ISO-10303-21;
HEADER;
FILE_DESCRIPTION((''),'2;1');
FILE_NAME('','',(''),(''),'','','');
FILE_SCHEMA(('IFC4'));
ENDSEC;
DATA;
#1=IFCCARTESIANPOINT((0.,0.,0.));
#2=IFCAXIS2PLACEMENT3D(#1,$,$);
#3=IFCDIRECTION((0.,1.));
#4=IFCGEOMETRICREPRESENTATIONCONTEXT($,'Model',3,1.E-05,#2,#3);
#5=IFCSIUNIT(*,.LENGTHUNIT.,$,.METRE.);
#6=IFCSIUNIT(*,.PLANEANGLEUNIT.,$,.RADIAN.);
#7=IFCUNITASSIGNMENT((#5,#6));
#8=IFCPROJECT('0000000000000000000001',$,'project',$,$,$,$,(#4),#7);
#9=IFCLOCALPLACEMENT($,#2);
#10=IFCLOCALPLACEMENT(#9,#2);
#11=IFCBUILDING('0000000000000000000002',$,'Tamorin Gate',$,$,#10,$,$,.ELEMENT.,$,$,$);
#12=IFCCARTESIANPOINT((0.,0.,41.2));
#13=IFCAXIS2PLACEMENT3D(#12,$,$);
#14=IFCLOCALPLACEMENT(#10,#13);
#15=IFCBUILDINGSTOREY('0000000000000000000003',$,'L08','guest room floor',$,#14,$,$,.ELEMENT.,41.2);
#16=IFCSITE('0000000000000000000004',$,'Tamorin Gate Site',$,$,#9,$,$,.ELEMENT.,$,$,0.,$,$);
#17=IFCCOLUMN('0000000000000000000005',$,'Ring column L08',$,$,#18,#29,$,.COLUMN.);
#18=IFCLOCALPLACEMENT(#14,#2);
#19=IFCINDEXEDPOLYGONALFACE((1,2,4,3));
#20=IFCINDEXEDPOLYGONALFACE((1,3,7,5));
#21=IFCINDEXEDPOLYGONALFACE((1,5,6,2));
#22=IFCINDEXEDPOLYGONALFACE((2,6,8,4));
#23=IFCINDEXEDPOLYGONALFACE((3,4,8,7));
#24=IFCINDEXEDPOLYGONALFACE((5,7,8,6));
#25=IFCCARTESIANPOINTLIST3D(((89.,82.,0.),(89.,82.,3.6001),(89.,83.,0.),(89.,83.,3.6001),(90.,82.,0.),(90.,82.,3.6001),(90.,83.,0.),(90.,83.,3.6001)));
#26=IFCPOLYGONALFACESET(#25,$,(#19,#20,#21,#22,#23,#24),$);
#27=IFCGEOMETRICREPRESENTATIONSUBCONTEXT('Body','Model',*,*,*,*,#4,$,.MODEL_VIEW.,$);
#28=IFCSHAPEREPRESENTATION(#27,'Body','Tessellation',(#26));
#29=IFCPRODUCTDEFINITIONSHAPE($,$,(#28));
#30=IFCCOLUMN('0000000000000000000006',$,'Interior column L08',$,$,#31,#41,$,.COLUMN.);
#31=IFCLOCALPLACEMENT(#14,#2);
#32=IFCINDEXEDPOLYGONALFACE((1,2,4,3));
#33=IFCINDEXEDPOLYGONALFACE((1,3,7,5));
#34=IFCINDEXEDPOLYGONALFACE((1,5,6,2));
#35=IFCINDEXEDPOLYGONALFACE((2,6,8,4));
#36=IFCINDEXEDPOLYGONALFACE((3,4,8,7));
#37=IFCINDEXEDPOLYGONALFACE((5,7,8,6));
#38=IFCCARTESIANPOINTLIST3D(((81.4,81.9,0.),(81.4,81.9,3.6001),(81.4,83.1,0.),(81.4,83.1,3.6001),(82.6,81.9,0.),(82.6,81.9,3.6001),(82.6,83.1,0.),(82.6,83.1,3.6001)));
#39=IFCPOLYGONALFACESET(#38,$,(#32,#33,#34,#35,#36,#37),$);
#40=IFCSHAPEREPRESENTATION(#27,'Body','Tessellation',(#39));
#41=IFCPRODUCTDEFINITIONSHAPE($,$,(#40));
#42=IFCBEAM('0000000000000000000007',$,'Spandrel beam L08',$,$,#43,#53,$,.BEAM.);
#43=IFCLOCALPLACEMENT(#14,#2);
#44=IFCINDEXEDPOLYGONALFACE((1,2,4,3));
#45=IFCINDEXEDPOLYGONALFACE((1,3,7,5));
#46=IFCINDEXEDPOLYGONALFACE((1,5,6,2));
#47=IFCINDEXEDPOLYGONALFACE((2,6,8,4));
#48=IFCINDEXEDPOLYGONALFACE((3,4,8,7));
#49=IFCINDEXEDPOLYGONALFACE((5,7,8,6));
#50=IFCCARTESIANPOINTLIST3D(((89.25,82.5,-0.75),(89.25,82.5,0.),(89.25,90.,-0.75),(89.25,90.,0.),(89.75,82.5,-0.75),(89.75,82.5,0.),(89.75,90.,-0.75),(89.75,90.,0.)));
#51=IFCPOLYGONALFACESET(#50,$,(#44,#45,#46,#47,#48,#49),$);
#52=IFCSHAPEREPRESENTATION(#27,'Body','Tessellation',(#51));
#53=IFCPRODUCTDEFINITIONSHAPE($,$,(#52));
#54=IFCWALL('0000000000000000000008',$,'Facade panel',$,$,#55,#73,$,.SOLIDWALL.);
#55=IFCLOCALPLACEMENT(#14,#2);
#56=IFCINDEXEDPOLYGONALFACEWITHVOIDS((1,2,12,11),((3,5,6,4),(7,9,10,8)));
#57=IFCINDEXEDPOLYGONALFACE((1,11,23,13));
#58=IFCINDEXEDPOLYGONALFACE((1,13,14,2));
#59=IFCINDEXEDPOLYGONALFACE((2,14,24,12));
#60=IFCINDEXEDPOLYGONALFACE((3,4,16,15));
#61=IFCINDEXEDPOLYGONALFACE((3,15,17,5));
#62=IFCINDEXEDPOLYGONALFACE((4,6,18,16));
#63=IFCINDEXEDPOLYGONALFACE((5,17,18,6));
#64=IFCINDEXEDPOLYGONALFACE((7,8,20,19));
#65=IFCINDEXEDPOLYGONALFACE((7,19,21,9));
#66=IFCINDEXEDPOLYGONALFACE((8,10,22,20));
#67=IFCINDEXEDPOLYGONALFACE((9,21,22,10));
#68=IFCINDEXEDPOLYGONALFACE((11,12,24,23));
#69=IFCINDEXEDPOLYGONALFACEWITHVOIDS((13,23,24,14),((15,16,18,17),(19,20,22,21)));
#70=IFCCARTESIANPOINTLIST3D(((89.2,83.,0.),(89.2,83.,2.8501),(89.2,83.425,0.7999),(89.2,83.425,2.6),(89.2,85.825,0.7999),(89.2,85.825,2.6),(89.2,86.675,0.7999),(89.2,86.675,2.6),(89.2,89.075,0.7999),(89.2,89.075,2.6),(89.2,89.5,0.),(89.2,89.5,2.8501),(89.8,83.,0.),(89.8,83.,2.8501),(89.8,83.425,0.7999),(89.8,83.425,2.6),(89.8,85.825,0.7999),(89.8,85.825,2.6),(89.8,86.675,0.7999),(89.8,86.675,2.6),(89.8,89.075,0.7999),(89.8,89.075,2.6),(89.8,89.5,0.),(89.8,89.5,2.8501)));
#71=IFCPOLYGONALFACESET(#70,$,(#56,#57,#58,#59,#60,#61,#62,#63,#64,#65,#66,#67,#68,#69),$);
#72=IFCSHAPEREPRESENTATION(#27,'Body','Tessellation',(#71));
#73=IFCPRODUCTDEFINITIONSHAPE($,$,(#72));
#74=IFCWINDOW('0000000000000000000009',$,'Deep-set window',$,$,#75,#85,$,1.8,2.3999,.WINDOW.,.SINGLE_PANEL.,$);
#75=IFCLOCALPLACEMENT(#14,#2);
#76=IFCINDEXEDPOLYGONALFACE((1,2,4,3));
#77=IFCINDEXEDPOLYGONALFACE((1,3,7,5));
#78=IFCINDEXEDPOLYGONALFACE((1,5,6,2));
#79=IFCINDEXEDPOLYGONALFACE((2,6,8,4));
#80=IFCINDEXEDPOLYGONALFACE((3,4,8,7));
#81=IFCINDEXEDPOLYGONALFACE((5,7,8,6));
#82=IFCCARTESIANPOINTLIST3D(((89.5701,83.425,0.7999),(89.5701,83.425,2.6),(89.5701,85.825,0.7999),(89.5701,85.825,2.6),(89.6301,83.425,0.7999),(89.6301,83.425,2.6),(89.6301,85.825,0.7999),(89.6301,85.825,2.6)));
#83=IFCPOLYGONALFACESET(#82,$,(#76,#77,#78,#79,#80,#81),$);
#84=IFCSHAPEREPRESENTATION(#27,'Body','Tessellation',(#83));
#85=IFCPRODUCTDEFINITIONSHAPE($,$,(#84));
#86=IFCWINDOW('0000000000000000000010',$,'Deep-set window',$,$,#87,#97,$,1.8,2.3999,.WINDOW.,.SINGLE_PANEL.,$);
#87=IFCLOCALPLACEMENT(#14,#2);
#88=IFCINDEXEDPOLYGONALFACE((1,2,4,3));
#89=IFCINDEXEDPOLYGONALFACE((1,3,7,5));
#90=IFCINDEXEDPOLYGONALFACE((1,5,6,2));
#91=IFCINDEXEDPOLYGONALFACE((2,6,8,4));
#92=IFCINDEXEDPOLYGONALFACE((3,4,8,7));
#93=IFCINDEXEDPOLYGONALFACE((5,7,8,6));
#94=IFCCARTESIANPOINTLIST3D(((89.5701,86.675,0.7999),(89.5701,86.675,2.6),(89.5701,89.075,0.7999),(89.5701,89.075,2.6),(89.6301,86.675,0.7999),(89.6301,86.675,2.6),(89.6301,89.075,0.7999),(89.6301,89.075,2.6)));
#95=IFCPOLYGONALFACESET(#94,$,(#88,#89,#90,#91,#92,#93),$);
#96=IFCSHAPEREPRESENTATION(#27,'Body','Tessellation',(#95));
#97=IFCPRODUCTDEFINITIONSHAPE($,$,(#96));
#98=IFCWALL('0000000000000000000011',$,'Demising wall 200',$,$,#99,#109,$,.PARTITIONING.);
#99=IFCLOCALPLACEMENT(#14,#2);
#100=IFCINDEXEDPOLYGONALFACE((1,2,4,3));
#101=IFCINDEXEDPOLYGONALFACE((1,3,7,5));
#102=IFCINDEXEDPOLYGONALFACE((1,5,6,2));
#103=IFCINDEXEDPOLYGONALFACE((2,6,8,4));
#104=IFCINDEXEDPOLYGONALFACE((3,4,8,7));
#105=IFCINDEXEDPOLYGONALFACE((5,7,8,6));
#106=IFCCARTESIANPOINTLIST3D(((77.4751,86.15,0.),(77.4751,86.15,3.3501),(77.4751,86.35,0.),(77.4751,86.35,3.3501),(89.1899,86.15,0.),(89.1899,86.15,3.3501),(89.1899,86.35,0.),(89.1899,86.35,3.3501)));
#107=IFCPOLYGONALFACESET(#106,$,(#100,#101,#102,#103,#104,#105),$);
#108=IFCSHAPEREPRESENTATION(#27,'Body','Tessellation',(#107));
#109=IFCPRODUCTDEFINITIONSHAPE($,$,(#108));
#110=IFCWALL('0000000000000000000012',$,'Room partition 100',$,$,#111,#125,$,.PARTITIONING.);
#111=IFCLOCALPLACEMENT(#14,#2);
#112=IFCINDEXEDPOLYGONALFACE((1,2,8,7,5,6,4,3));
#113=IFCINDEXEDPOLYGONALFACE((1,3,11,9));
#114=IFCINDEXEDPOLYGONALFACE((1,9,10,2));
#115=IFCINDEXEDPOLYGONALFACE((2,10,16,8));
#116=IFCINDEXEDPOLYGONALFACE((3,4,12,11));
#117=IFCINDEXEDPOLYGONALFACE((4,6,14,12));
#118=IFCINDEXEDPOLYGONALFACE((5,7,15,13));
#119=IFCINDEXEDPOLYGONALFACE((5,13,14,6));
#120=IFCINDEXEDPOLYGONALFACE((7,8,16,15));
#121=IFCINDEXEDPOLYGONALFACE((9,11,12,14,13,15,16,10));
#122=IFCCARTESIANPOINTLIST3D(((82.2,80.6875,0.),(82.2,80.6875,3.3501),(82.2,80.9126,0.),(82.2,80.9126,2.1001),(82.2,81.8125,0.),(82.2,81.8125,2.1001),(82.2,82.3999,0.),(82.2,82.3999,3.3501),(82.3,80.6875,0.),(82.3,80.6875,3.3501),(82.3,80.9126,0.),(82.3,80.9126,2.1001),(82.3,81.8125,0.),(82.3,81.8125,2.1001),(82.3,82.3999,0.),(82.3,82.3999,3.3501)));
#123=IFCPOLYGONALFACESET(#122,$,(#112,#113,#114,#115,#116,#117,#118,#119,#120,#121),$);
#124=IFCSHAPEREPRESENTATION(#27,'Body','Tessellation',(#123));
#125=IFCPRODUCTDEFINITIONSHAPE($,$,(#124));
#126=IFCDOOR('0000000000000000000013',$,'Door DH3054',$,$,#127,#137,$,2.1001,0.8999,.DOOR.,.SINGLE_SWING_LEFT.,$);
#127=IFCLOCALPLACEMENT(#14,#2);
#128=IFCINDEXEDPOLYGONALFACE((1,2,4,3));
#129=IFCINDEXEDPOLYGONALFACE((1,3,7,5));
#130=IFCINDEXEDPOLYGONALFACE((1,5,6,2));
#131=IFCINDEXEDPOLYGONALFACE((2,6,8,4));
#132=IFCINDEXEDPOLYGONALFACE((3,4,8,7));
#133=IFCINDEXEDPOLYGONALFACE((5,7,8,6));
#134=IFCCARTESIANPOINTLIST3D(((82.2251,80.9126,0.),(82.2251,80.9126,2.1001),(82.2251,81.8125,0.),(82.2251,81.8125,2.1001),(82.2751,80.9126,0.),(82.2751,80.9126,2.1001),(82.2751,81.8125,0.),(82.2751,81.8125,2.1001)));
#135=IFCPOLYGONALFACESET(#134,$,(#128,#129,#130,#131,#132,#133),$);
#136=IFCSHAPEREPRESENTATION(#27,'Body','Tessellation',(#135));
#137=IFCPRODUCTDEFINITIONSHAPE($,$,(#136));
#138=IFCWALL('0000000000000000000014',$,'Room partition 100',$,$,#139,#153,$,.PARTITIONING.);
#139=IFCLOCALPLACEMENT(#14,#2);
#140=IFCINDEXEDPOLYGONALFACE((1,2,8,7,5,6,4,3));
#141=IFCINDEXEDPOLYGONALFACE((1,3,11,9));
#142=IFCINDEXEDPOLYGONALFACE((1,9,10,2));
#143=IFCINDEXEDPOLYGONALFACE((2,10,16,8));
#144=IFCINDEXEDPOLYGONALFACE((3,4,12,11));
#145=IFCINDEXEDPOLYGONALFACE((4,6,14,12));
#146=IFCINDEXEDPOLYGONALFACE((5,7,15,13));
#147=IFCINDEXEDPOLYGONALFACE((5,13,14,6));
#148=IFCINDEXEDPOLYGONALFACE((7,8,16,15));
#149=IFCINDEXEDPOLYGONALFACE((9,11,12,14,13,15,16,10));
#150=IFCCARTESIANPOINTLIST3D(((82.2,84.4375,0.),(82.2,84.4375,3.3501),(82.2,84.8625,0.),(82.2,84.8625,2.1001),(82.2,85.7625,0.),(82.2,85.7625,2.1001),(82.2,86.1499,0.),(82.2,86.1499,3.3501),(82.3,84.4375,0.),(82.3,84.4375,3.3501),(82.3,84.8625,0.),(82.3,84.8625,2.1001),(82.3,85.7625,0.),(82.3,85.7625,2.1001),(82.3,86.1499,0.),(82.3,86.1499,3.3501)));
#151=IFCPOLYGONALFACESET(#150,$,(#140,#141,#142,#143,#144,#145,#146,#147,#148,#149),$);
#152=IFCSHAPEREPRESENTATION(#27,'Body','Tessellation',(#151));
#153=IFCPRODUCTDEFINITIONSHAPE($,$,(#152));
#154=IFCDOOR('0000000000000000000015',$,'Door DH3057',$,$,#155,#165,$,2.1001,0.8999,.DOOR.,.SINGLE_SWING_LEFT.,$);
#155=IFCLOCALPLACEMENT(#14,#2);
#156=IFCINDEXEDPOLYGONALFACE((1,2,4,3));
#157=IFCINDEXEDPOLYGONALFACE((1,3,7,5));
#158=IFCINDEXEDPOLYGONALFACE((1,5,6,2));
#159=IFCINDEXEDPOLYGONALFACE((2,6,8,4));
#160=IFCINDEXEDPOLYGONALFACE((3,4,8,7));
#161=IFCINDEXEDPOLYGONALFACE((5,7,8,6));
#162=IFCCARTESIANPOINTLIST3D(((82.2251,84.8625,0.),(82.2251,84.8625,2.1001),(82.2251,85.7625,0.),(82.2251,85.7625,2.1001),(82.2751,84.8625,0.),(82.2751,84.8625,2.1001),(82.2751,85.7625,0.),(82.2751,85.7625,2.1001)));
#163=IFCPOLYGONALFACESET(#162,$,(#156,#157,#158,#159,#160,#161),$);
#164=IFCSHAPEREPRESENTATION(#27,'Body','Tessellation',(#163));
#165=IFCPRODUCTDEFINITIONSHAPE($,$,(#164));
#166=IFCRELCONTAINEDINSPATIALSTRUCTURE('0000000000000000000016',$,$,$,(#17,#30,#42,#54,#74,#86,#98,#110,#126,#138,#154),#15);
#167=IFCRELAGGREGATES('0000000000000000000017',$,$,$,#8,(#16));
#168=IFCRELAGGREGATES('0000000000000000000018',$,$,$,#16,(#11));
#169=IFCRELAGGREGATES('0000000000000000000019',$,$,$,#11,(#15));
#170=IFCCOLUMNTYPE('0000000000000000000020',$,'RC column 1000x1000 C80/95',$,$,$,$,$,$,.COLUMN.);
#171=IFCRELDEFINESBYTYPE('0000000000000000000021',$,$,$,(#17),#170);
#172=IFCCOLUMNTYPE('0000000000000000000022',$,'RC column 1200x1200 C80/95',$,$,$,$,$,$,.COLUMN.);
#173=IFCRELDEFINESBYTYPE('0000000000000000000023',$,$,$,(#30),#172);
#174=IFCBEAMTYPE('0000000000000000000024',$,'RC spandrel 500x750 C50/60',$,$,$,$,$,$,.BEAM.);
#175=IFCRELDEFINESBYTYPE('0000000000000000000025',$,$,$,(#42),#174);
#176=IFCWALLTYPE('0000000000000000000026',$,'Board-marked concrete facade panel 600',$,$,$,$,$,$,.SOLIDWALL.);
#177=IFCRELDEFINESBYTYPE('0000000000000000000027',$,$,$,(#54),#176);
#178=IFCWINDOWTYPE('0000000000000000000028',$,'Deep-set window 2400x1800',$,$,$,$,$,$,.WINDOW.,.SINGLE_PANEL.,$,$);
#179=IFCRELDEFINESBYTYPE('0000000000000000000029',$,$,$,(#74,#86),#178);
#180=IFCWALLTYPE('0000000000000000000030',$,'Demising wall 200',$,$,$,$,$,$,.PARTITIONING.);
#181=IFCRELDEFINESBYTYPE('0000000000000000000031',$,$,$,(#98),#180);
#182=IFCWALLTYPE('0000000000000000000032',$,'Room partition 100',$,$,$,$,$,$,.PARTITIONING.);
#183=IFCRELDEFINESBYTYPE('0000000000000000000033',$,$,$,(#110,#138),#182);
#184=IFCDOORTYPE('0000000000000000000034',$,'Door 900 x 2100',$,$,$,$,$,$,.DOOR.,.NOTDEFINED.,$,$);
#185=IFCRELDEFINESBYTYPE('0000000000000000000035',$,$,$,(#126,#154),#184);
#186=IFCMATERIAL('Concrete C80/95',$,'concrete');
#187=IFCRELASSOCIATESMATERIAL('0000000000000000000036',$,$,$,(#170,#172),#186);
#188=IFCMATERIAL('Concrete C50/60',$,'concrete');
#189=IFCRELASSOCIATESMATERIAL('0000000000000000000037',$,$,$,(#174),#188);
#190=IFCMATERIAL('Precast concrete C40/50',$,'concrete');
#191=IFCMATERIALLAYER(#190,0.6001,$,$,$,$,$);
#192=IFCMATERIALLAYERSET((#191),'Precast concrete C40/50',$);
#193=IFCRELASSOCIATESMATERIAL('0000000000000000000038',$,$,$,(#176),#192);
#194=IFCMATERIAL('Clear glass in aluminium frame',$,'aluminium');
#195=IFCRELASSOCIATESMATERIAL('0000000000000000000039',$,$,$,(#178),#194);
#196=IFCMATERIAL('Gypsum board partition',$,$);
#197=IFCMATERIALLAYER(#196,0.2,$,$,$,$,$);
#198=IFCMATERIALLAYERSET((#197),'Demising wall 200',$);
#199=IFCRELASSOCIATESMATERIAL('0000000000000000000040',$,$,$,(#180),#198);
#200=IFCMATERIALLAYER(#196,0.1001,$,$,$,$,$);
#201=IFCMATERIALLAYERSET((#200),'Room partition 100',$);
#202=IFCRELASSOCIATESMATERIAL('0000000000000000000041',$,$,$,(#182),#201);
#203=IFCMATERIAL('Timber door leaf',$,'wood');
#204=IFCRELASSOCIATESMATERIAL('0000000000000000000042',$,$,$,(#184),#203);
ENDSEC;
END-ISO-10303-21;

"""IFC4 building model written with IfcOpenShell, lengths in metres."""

from ifc_helpers import new_model, si_unit, direction, frame, frame_2d, origin, origin_2d, place, context, subcontext, project, spatial, rectangle, extrude, material, layer, layer_set, material_profile, profile_set, type_object, element, fill, save


model = new_model("IFC4")

# Units and contexts
model_context = context("Model", 3, precision=1e-05, world=origin(), true_north=direction((0.0, 1.0)))
body_context = subcontext(model_context, "Body", "Model", "MODEL_VIEW")
ifc_project = project(units=[si_unit("LENGTHUNIT", "METRE"), si_unit("PLANEANGLEUNIT", "RADIAN")], contexts=[model_context])

# Site, building, storey
site_placement = place(None, origin())
site = spatial("IfcSite", under=ifc_project, at=site_placement, Name="Tamorin Gate Site", CompositionType="ELEMENT", RefElevation=0.0)
building_placement = place(site_placement, origin())
building = spatial("IfcBuilding", under=site, at=building_placement, Name="Tamorin Gate", CompositionType="ELEMENT")
storey_placement = place(building_placement, frame((0.0, 0.0, 41.2)))
storey = spatial("IfcBuildingStorey", under=building, at=storey_placement, Name="L08", Description="guest room floor", CompositionType="ELEMENT", Elevation=41.2)

# Columns
ifc_material_1 = material(Name="Concrete C80/95", Category="concrete")
ifc_material_profile_1 = material_profile(ifc_material_1, rectangle(XDim=1.0, YDim=1.0, at=origin_2d()), Name="RC 1000x1000")
ifc_profile_set_1 = profile_set([ifc_material_profile_1], Name="Concrete C80/95")
column_type_1 = type_object("IfcColumnType", Name="RC column 1000x1000 C80/95", PredefinedType="COLUMN", material=ifc_profile_set_1)
column_1_placement = place(storey_placement, frame((89.5, 82.5, 0.0), z_axis=(0.0, 0.0, 1.0), x_axis=(1.0, 0.0, 0.0)))
element("IfcColumn", 1, at=column_1_placement, inside=storey, type_object=column_type_1, Name="Ring column L08", PredefinedType="COLUMN", context=body_context, shape_type="SweptSolid", body=[
    extrude(rectangle(XDim=1.0, YDim=1.0, at=origin_2d()), origin(), (0.0, 0.0, 1.0), 3.6001),
])
ifc_material_profile_2 = material_profile(ifc_material_1, rectangle(XDim=1.2, YDim=1.2, at=origin_2d()), Name="RC 1200x1200")
ifc_profile_set_2 = profile_set([ifc_material_profile_2], Name="Concrete C80/95")
column_type_2 = type_object("IfcColumnType", Name="RC column 1200x1200 C80/95", PredefinedType="COLUMN", material=ifc_profile_set_2)
column_2_placement = place(storey_placement, frame((82.0, 82.5, 0.0), z_axis=(0.0, 0.0, 1.0), x_axis=(1.0, 0.0, 0.0)))
element("IfcColumn", 2, at=column_2_placement, inside=storey, type_object=column_type_2, Name="Interior column L08", PredefinedType="COLUMN", context=body_context, shape_type="SweptSolid", body=[
    extrude(rectangle(XDim=1.2, YDim=1.2, at=origin_2d()), origin(), (0.0, 0.0, 1.0), 3.6001),
])

# Beam
ifc_material_2 = material(Name="Concrete C50/60", Category="concrete")
ifc_material_profile_3 = material_profile(ifc_material_2, rectangle(XDim=0.5, YDim=0.75, at=origin_2d()), Name="RC 500x750")
ifc_profile_set_3 = profile_set([ifc_material_profile_3], Name="Concrete C50/60")
beam_type = type_object("IfcBeamType", Name="RC spandrel 500x750 C50/60", PredefinedType="BEAM", material=ifc_profile_set_3)
beam_placement = place(storey_placement, frame((89.5, 82.5, -0.375), z_axis=(0.0, 1.0, 0.0), x_axis=(-1.0, 0.0, 0.0)))
element("IfcBeam", 3, at=beam_placement, inside=storey, type_object=beam_type, Name="Spandrel beam L08", PredefinedType="BEAM", context=body_context, shape_type="SweptSolid", body=[
    extrude(rectangle(XDim=0.5, YDim=0.75, at=origin_2d()), origin(), (0.0, 0.0, 1.0), 7.5),
])

# Wall, openings, windows
ifc_material_3 = material(Name="Precast concrete C40/50", Category="concrete")
ifc_layer_1 = layer(ifc_material_3, 0.6001)
ifc_layer_set_1 = layer_set([ifc_layer_1], Name="Precast concrete C40/50")
wall_type_1 = type_object("IfcWallType", Name="Board-marked concrete facade panel 600", PredefinedType="SOLIDWALL", material=ifc_layer_set_1)
wall_1_placement = place(storey_placement, frame((89.5, 83.0, 0.0), z_axis=(0.0, 0.0, 1.0), x_axis=(0.0, 1.0, 0.0)))
wall_1 = element("IfcWall", 4, at=wall_1_placement, inside=storey, type_object=wall_type_1, Name="Facade panel", PredefinedType="SOLIDWALL", context=body_context, shape_type="SweptSolid", body=[
    extrude(rectangle(XDim=6.5, YDim=0.6001, at=frame_2d((3.25, 0.0))), origin(), (0.0, 0.0, 1.0), 2.8501),
])
opening_1_placement = place(wall_1_placement, frame((0.425, 0.0, 0.8)))
opening_1 = element("IfcOpeningElement", 5, at=opening_1_placement, cuts=wall_1, PredefinedType="OPENING", context=body_context, shape_type="SweptSolid", body=[
    extrude(rectangle(XDim=2.3999, YDim=1.8, at=frame_2d((1.2, 0.8999))), frame((0.0, 0.3101, 0.0), z_axis=(0.0, -1.0, 0.0), x_axis=(1.0, 0.0, 0.0)), (0.0, 0.0, 1.0), 0.6201),
])
opening_2_placement = place(wall_1_placement, frame((3.675, 0.0, 0.8)))
opening_2 = element("IfcOpeningElement", 6, at=opening_2_placement, cuts=wall_1, PredefinedType="OPENING", context=body_context, shape_type="SweptSolid", body=[
    extrude(rectangle(XDim=2.3999, YDim=1.8, at=frame_2d((1.2, 0.8999))), frame((0.0, 0.3101, 0.0), z_axis=(0.0, -1.0, 0.0), x_axis=(1.0, 0.0, 0.0)), (0.0, 0.0, 1.0), 0.6201),
])
ifc_material_4 = material(Name="Clear glass in aluminium frame", Category="aluminium")
window_type = type_object("IfcWindowType", Name="Deep-set window 2400x1800", PartitioningType="SINGLE_PANEL", PredefinedType="WINDOW", material=ifc_material_4)
window_1_placement = place(opening_1_placement, origin())
window_1 = element("IfcWindow", 7, at=window_1_placement, inside=storey, type_object=window_type, Name="Deep-set window", OverallHeight=1.8, OverallWidth=2.3999, PartitioningType="SINGLE_PANEL", PredefinedType="WINDOW", context=body_context, shape_type="SweptSolid", body=[
    extrude(rectangle(XDim=2.3999, YDim=1.8, at=frame_2d((1.2, 0.8999))), frame((0.0, -0.0701, 0.0), z_axis=(0.0, -1.0, 0.0), x_axis=(1.0, 0.0, 0.0)), (0.0, 0.0, 1.0), 0.0601),
])
fill(opening_1, window_1)
window_2_placement = place(opening_2_placement, origin())
window_2 = element("IfcWindow", 8, at=window_2_placement, inside=storey, type_object=window_type, Name="Deep-set window", OverallHeight=1.8, OverallWidth=2.3999, PartitioningType="SINGLE_PANEL", PredefinedType="WINDOW", context=body_context, shape_type="SweptSolid", body=[
    extrude(rectangle(XDim=2.3999, YDim=1.8, at=frame_2d((1.2, 0.8999))), frame((0.0, -0.0701, 0.0), z_axis=(0.0, -1.0, 0.0), x_axis=(1.0, 0.0, 0.0)), (0.0, 0.0, 1.0), 0.0601),
])
fill(opening_2, window_2)

# Wall
ifc_material_5 = material(Name="Gypsum board partition")
ifc_layer_2 = layer(ifc_material_5, 0.2)
ifc_layer_set_2 = layer_set([ifc_layer_2], Name="Demising wall 200")
wall_type_2 = type_object("IfcWallType", Name="Demising wall 200", PredefinedType="PARTITIONING", material=ifc_layer_set_2)
wall_2_placement = place(storey_placement, frame((77.4751, 86.25, 0.0), z_axis=(0.0, 0.0, 1.0), x_axis=(1.0, 0.0, 0.0)))
element("IfcWall", 9, at=wall_2_placement, inside=storey, type_object=wall_type_2, Name="Demising wall 200", PredefinedType="PARTITIONING", context=body_context, shape_type="SweptSolid", body=[
    extrude(rectangle(XDim=11.7148, YDim=0.2, at=frame_2d((5.8574, 0.0))), origin(), (0.0, 0.0, 1.0), 3.3501),
])

# Walls, openings, doors
ifc_layer_3 = layer(ifc_material_5, 0.1001)
ifc_layer_set_3 = layer_set([ifc_layer_3], Name="Room partition 100")
wall_type_3 = type_object("IfcWallType", Name="Room partition 100", PredefinedType="PARTITIONING", material=ifc_layer_set_3)
wall_3_placement = place(storey_placement, frame((82.25, 80.6875, 0.0), z_axis=(0.0, 0.0, 1.0), x_axis=(0.0, 1.0, 0.0)))
wall_3 = element("IfcWall", 10, at=wall_3_placement, inside=storey, type_object=wall_type_3, Name="Room partition 100", PredefinedType="PARTITIONING", context=body_context, shape_type="SweptSolid", body=[
    extrude(rectangle(XDim=1.7124, YDim=0.1001, at=frame_2d((0.8562, 0.0))), origin(), (0.0, 0.0, 1.0), 3.3501),
])
opening_3_placement = place(wall_3_placement, frame((0.2251, 0.0, 0.0)))
opening_3 = element("IfcOpeningElement", 11, at=opening_3_placement, cuts=wall_3, PredefinedType="OPENING", context=body_context, shape_type="SweptSolid", body=[
    extrude(rectangle(XDim=0.8999, YDim=2.1001, at=frame_2d((0.45, 1.05))), frame((0.0, 0.0601, 0.0), z_axis=(0.0, -1.0, 0.0), x_axis=(1.0, 0.0, 0.0)), (0.0, 0.0, 1.0), 0.1201),
])
ifc_material_6 = material(Name="Timber door leaf", Category="wood")
door_type = type_object("IfcDoorType", Name="Door 900 x 2100", OperationType="NOTDEFINED", PredefinedType="DOOR", material=ifc_material_6)
door_1_placement = place(opening_3_placement, origin())
door_1 = element("IfcDoor", 12, at=door_1_placement, inside=storey, type_object=door_type, Name="Door DH3054", OperationType="SINGLE_SWING_LEFT", OverallHeight=2.1001, OverallWidth=0.8999, PredefinedType="DOOR", context=body_context, shape_type="SweptSolid", body=[
    extrude(rectangle(XDim=0.8999, YDim=2.1001, at=frame_2d((0.45, 1.05))), frame((0.0, 0.0249, 0.0), z_axis=(0.0, -1.0, 0.0), x_axis=(1.0, 0.0, 0.0)), (0.0, 0.0, 1.0), 0.05),
])
fill(opening_3, door_1)
wall_4_placement = place(storey_placement, frame((82.25, 84.4375, 0.0), z_axis=(0.0, 0.0, 1.0), x_axis=(0.0, 1.0, 0.0)))
wall_4 = element("IfcWall", 13, at=wall_4_placement, inside=storey, type_object=wall_type_3, Name="Room partition 100", PredefinedType="PARTITIONING", context=body_context, shape_type="SweptSolid", body=[
    extrude(rectangle(XDim=1.7124, YDim=0.1001, at=frame_2d((0.8562, 0.0))), origin(), (0.0, 0.0, 1.0), 3.3501),
])
opening_4_placement = place(wall_4_placement, frame((0.425, 0.0, 0.0)))
opening_4 = element("IfcOpeningElement", 14, at=opening_4_placement, cuts=wall_4, PredefinedType="OPENING", context=body_context, shape_type="SweptSolid", body=[
    extrude(rectangle(XDim=0.8999, YDim=2.1001, at=frame_2d((0.45, 1.05))), frame((0.0, 0.0601, 0.0), z_axis=(0.0, -1.0, 0.0), x_axis=(1.0, 0.0, 0.0)), (0.0, 0.0, 1.0), 0.1201),
])
door_2_placement = place(opening_4_placement, origin())
door_2 = element("IfcDoor", 15, at=door_2_placement, inside=storey, type_object=door_type, Name="Door DH3057", OperationType="SINGLE_SWING_LEFT", OverallHeight=2.1001, OverallWidth=0.8999, PredefinedType="DOOR", context=body_context, shape_type="SweptSolid", body=[
    extrude(rectangle(XDim=0.8999, YDim=2.1001, at=frame_2d((0.45, 1.05))), frame((0.0, 0.0249, 0.0), z_axis=(0.0, -1.0, 0.0), x_axis=(1.0, 0.0, 0.0)), (0.0, 0.0, 1.0), 0.05),
])
fill(opening_4, door_2)

save(model, "model.ifc")
